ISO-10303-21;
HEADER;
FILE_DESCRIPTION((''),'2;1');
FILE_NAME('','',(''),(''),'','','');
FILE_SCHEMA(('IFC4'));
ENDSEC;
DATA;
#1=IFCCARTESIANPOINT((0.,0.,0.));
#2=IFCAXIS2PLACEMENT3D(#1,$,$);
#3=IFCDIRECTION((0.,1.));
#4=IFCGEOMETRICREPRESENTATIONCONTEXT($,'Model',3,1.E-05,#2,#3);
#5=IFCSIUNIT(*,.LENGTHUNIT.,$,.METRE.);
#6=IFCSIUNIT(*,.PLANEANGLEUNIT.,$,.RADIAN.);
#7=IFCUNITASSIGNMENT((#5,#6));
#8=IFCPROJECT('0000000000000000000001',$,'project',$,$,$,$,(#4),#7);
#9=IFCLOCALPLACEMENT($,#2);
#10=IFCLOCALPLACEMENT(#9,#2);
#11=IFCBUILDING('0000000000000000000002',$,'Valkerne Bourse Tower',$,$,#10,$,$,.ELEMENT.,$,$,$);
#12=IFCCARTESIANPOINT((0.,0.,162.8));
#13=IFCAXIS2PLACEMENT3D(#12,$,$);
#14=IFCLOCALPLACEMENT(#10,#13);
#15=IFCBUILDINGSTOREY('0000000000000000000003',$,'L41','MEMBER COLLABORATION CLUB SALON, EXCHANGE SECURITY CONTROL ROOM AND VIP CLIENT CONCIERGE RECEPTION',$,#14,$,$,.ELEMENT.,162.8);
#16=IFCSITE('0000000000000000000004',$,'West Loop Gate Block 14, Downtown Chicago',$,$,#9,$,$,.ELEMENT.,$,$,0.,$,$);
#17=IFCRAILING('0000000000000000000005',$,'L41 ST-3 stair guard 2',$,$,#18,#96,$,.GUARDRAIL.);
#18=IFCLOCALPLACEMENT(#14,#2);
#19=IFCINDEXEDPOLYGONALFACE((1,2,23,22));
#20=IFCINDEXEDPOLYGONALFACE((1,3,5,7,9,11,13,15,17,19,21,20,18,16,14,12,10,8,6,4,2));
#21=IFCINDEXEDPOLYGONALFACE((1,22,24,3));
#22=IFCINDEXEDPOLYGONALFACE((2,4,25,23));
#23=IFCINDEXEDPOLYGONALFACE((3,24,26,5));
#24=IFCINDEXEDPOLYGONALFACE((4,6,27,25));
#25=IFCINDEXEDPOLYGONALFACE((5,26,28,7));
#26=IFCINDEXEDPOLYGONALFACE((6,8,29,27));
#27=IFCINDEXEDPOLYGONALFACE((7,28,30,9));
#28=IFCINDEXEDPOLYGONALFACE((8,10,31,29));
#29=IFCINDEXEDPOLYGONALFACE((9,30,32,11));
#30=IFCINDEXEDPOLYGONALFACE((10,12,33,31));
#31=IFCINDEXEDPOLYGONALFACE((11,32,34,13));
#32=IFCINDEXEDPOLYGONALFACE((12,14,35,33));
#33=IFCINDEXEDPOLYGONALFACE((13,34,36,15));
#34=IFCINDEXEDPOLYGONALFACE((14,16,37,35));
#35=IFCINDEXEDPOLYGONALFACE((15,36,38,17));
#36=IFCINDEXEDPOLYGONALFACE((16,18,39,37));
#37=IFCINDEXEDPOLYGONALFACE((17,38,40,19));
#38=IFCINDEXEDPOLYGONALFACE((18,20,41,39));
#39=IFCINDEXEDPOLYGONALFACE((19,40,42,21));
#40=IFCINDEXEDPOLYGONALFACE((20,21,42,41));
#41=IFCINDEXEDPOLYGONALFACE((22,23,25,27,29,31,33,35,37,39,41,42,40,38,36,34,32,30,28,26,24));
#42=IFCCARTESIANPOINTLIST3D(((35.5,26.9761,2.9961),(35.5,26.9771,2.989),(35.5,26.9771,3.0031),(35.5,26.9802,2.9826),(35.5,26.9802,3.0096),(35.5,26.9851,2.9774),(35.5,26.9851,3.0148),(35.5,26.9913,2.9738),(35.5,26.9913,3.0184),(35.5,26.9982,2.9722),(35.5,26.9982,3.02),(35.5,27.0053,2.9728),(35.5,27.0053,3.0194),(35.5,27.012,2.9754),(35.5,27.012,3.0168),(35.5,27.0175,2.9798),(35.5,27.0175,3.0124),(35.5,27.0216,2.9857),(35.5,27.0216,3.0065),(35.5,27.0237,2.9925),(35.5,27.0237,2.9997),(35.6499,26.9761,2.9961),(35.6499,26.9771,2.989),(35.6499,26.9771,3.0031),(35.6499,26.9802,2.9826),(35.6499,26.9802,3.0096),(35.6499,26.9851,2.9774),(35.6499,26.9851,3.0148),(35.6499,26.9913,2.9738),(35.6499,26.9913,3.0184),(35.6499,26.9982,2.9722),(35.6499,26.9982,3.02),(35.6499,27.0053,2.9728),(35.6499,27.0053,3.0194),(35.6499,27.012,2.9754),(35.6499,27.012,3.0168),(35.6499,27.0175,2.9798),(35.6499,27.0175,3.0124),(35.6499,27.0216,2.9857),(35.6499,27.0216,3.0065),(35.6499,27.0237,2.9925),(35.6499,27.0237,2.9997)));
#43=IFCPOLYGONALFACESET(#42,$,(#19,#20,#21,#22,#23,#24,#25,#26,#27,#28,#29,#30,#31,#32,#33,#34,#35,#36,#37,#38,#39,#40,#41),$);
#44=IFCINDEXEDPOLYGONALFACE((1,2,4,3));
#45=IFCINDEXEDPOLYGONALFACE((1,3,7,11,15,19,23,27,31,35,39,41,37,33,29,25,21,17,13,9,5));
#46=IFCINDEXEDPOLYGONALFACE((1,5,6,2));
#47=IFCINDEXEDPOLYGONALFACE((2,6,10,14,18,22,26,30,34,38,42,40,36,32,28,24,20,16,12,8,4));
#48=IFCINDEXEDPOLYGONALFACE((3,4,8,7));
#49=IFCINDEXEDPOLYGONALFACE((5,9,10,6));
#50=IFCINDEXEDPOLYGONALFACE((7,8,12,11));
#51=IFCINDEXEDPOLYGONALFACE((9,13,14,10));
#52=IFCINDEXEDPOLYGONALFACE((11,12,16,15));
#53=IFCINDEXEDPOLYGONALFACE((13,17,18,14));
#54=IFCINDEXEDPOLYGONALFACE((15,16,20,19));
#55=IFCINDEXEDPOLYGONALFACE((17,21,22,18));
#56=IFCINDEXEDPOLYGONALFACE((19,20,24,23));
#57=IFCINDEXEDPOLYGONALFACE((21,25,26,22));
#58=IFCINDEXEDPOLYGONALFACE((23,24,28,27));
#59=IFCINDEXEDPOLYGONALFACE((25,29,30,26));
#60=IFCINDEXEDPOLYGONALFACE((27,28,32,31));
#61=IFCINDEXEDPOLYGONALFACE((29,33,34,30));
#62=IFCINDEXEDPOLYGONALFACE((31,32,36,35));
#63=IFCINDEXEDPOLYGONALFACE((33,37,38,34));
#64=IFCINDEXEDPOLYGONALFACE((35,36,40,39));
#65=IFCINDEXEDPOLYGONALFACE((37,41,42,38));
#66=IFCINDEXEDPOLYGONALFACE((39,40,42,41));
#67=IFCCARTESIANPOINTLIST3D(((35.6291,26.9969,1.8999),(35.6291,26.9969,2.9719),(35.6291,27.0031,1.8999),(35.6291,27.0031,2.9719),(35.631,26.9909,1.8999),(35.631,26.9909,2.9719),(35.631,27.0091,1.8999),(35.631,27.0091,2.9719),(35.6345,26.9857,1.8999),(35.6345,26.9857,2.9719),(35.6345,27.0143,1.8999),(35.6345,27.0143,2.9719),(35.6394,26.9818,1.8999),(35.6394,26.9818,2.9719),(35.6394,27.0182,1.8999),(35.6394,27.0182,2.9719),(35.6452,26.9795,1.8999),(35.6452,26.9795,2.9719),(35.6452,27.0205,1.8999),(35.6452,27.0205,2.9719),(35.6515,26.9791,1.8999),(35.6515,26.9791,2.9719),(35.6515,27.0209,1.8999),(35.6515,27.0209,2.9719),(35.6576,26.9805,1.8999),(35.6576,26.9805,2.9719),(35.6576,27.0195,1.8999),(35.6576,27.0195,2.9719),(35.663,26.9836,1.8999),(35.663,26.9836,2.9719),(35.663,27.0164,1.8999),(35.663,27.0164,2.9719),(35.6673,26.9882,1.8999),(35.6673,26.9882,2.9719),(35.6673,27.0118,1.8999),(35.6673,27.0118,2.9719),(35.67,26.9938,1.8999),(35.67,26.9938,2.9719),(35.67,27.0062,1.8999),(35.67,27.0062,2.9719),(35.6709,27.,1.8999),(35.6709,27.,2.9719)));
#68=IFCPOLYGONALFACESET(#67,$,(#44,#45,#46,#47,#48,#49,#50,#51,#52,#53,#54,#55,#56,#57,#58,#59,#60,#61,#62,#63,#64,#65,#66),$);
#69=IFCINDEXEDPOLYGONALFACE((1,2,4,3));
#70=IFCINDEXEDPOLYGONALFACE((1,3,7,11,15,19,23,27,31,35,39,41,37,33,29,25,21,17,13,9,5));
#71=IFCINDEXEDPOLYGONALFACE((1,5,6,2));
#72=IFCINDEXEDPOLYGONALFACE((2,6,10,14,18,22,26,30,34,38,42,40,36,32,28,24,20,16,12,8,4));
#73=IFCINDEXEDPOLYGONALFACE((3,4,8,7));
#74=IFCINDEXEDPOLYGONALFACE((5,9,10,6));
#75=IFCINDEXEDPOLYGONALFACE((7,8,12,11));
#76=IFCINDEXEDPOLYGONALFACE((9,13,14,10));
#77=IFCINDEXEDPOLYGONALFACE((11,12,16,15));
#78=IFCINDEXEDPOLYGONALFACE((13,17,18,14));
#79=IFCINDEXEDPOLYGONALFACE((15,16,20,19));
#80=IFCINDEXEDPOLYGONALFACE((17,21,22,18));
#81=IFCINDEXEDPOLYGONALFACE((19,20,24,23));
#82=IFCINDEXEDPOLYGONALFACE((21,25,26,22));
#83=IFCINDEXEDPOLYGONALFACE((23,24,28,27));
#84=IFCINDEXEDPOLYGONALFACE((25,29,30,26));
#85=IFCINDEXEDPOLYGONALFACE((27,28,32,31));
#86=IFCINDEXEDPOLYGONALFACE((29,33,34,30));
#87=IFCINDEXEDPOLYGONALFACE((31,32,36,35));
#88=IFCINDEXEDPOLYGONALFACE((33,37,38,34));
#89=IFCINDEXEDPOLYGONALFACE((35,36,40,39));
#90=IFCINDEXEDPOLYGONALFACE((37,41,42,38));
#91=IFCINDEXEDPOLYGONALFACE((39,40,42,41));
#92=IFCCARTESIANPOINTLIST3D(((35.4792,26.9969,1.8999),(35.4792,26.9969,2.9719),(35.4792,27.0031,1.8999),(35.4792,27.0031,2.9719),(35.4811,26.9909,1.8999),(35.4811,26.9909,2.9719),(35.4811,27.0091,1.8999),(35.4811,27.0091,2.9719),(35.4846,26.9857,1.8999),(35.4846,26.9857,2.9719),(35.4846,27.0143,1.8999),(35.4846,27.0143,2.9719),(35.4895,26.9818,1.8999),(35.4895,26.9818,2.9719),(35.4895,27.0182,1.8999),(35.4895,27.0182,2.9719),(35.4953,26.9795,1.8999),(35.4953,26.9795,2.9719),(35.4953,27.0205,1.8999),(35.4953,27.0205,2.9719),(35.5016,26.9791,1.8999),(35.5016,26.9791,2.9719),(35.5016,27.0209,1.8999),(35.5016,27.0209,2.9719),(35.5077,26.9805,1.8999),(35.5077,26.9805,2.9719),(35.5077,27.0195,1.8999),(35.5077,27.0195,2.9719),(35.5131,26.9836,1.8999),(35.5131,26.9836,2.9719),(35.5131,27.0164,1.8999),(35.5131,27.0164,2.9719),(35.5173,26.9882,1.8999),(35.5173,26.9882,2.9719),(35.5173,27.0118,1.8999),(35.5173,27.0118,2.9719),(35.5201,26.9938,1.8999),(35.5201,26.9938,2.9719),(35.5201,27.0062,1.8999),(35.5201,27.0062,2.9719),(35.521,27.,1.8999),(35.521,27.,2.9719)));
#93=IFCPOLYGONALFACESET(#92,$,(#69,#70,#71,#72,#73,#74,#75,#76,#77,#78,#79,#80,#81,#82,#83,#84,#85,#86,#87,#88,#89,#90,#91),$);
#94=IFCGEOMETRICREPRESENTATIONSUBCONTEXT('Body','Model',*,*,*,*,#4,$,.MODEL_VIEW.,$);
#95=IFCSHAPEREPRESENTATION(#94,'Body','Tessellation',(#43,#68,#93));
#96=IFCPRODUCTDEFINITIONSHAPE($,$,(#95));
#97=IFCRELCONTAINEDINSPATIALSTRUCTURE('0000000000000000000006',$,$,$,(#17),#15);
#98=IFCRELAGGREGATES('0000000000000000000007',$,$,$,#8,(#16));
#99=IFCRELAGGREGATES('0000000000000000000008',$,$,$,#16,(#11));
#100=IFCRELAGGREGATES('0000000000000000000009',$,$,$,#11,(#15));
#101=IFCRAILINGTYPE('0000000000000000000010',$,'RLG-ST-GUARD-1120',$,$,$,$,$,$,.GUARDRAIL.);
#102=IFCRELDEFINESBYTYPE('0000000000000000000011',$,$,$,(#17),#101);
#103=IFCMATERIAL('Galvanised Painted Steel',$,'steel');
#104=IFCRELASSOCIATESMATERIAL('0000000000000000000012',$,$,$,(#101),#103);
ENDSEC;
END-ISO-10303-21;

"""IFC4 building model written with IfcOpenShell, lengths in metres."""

from ifc_helpers import new_model, si_unit, direction, frame, origin, origin_2d, place, context, subcontext, project, spatial, circle, extrude, material, type_object, element, save


model = new_model("IFC4")

# Units and contexts
model_context = context("Model", 3, precision=1e-05, world=origin(), true_north=direction((0.0, 1.0)))
body_context = subcontext(model_context, "Body", "Model", "MODEL_VIEW")
ifc_project = project(units=[si_unit("LENGTHUNIT", "METRE"), si_unit("PLANEANGLEUNIT", "RADIAN")], contexts=[model_context])

# Site, building, storey
site_placement = place(None, origin())
site = spatial("IfcSite", under=ifc_project, at=site_placement, Name="West Loop Gate Block 14, Downtown Chicago", CompositionType="ELEMENT", RefElevation=0.0)
building_placement = place(site_placement, origin())
building = spatial("IfcBuilding", under=site, at=building_placement, Name="Valkerne Bourse Tower", CompositionType="ELEMENT")
storey_placement = place(building_placement, frame((0.0, 0.0, 162.8)))
storey = spatial("IfcBuildingStorey", under=building, at=storey_placement, Name="L41", Description="MEMBER COLLABORATION CLUB SALON, EXCHANGE SECURITY CONTROL ROOM AND VIP CLIENT CONCIERGE RECEPTION", CompositionType="ELEMENT", Elevation=162.8)

# Railing
ifc_material_1 = material(Name="Galvanised Painted Steel", Category="steel")
railing_type_1 = type_object("IfcRailingType", Name="RLG-ST-GUARD-1120", PredefinedType="GUARDRAIL", material=ifc_material_1)
railing_1_placement = place(storey_placement, frame((35.6499, 27.0, 1.8999)))
element("IfcRailing", 1, at=railing_1_placement, inside=storey, type_object=railing_type_1, Name="L41 ST-3 stair guard 2", PredefinedType="GUARDRAIL", context=body_context, shape_type="SweptSolid", body=[
    extrude(circle(Radius=0.0239, at=origin_2d()), frame((0.0, 0.0, 1.0962), z_axis=(-1.0, 0.0, 0.0), x_axis=(0.0, -1.0, 0.0)), (0.0, 0.0, 1.0), 0.1499),
    extrude(circle(Radius=0.021, at=origin_2d()), origin(), (0.0, 0.0, 1.0), 1.072),
    extrude(circle(Radius=0.021, at=origin_2d()), frame((-0.1499, 0.0, 0.0)), (0.0, 0.0, 1.0), 1.072),
])

save(model, "model.ifc")
